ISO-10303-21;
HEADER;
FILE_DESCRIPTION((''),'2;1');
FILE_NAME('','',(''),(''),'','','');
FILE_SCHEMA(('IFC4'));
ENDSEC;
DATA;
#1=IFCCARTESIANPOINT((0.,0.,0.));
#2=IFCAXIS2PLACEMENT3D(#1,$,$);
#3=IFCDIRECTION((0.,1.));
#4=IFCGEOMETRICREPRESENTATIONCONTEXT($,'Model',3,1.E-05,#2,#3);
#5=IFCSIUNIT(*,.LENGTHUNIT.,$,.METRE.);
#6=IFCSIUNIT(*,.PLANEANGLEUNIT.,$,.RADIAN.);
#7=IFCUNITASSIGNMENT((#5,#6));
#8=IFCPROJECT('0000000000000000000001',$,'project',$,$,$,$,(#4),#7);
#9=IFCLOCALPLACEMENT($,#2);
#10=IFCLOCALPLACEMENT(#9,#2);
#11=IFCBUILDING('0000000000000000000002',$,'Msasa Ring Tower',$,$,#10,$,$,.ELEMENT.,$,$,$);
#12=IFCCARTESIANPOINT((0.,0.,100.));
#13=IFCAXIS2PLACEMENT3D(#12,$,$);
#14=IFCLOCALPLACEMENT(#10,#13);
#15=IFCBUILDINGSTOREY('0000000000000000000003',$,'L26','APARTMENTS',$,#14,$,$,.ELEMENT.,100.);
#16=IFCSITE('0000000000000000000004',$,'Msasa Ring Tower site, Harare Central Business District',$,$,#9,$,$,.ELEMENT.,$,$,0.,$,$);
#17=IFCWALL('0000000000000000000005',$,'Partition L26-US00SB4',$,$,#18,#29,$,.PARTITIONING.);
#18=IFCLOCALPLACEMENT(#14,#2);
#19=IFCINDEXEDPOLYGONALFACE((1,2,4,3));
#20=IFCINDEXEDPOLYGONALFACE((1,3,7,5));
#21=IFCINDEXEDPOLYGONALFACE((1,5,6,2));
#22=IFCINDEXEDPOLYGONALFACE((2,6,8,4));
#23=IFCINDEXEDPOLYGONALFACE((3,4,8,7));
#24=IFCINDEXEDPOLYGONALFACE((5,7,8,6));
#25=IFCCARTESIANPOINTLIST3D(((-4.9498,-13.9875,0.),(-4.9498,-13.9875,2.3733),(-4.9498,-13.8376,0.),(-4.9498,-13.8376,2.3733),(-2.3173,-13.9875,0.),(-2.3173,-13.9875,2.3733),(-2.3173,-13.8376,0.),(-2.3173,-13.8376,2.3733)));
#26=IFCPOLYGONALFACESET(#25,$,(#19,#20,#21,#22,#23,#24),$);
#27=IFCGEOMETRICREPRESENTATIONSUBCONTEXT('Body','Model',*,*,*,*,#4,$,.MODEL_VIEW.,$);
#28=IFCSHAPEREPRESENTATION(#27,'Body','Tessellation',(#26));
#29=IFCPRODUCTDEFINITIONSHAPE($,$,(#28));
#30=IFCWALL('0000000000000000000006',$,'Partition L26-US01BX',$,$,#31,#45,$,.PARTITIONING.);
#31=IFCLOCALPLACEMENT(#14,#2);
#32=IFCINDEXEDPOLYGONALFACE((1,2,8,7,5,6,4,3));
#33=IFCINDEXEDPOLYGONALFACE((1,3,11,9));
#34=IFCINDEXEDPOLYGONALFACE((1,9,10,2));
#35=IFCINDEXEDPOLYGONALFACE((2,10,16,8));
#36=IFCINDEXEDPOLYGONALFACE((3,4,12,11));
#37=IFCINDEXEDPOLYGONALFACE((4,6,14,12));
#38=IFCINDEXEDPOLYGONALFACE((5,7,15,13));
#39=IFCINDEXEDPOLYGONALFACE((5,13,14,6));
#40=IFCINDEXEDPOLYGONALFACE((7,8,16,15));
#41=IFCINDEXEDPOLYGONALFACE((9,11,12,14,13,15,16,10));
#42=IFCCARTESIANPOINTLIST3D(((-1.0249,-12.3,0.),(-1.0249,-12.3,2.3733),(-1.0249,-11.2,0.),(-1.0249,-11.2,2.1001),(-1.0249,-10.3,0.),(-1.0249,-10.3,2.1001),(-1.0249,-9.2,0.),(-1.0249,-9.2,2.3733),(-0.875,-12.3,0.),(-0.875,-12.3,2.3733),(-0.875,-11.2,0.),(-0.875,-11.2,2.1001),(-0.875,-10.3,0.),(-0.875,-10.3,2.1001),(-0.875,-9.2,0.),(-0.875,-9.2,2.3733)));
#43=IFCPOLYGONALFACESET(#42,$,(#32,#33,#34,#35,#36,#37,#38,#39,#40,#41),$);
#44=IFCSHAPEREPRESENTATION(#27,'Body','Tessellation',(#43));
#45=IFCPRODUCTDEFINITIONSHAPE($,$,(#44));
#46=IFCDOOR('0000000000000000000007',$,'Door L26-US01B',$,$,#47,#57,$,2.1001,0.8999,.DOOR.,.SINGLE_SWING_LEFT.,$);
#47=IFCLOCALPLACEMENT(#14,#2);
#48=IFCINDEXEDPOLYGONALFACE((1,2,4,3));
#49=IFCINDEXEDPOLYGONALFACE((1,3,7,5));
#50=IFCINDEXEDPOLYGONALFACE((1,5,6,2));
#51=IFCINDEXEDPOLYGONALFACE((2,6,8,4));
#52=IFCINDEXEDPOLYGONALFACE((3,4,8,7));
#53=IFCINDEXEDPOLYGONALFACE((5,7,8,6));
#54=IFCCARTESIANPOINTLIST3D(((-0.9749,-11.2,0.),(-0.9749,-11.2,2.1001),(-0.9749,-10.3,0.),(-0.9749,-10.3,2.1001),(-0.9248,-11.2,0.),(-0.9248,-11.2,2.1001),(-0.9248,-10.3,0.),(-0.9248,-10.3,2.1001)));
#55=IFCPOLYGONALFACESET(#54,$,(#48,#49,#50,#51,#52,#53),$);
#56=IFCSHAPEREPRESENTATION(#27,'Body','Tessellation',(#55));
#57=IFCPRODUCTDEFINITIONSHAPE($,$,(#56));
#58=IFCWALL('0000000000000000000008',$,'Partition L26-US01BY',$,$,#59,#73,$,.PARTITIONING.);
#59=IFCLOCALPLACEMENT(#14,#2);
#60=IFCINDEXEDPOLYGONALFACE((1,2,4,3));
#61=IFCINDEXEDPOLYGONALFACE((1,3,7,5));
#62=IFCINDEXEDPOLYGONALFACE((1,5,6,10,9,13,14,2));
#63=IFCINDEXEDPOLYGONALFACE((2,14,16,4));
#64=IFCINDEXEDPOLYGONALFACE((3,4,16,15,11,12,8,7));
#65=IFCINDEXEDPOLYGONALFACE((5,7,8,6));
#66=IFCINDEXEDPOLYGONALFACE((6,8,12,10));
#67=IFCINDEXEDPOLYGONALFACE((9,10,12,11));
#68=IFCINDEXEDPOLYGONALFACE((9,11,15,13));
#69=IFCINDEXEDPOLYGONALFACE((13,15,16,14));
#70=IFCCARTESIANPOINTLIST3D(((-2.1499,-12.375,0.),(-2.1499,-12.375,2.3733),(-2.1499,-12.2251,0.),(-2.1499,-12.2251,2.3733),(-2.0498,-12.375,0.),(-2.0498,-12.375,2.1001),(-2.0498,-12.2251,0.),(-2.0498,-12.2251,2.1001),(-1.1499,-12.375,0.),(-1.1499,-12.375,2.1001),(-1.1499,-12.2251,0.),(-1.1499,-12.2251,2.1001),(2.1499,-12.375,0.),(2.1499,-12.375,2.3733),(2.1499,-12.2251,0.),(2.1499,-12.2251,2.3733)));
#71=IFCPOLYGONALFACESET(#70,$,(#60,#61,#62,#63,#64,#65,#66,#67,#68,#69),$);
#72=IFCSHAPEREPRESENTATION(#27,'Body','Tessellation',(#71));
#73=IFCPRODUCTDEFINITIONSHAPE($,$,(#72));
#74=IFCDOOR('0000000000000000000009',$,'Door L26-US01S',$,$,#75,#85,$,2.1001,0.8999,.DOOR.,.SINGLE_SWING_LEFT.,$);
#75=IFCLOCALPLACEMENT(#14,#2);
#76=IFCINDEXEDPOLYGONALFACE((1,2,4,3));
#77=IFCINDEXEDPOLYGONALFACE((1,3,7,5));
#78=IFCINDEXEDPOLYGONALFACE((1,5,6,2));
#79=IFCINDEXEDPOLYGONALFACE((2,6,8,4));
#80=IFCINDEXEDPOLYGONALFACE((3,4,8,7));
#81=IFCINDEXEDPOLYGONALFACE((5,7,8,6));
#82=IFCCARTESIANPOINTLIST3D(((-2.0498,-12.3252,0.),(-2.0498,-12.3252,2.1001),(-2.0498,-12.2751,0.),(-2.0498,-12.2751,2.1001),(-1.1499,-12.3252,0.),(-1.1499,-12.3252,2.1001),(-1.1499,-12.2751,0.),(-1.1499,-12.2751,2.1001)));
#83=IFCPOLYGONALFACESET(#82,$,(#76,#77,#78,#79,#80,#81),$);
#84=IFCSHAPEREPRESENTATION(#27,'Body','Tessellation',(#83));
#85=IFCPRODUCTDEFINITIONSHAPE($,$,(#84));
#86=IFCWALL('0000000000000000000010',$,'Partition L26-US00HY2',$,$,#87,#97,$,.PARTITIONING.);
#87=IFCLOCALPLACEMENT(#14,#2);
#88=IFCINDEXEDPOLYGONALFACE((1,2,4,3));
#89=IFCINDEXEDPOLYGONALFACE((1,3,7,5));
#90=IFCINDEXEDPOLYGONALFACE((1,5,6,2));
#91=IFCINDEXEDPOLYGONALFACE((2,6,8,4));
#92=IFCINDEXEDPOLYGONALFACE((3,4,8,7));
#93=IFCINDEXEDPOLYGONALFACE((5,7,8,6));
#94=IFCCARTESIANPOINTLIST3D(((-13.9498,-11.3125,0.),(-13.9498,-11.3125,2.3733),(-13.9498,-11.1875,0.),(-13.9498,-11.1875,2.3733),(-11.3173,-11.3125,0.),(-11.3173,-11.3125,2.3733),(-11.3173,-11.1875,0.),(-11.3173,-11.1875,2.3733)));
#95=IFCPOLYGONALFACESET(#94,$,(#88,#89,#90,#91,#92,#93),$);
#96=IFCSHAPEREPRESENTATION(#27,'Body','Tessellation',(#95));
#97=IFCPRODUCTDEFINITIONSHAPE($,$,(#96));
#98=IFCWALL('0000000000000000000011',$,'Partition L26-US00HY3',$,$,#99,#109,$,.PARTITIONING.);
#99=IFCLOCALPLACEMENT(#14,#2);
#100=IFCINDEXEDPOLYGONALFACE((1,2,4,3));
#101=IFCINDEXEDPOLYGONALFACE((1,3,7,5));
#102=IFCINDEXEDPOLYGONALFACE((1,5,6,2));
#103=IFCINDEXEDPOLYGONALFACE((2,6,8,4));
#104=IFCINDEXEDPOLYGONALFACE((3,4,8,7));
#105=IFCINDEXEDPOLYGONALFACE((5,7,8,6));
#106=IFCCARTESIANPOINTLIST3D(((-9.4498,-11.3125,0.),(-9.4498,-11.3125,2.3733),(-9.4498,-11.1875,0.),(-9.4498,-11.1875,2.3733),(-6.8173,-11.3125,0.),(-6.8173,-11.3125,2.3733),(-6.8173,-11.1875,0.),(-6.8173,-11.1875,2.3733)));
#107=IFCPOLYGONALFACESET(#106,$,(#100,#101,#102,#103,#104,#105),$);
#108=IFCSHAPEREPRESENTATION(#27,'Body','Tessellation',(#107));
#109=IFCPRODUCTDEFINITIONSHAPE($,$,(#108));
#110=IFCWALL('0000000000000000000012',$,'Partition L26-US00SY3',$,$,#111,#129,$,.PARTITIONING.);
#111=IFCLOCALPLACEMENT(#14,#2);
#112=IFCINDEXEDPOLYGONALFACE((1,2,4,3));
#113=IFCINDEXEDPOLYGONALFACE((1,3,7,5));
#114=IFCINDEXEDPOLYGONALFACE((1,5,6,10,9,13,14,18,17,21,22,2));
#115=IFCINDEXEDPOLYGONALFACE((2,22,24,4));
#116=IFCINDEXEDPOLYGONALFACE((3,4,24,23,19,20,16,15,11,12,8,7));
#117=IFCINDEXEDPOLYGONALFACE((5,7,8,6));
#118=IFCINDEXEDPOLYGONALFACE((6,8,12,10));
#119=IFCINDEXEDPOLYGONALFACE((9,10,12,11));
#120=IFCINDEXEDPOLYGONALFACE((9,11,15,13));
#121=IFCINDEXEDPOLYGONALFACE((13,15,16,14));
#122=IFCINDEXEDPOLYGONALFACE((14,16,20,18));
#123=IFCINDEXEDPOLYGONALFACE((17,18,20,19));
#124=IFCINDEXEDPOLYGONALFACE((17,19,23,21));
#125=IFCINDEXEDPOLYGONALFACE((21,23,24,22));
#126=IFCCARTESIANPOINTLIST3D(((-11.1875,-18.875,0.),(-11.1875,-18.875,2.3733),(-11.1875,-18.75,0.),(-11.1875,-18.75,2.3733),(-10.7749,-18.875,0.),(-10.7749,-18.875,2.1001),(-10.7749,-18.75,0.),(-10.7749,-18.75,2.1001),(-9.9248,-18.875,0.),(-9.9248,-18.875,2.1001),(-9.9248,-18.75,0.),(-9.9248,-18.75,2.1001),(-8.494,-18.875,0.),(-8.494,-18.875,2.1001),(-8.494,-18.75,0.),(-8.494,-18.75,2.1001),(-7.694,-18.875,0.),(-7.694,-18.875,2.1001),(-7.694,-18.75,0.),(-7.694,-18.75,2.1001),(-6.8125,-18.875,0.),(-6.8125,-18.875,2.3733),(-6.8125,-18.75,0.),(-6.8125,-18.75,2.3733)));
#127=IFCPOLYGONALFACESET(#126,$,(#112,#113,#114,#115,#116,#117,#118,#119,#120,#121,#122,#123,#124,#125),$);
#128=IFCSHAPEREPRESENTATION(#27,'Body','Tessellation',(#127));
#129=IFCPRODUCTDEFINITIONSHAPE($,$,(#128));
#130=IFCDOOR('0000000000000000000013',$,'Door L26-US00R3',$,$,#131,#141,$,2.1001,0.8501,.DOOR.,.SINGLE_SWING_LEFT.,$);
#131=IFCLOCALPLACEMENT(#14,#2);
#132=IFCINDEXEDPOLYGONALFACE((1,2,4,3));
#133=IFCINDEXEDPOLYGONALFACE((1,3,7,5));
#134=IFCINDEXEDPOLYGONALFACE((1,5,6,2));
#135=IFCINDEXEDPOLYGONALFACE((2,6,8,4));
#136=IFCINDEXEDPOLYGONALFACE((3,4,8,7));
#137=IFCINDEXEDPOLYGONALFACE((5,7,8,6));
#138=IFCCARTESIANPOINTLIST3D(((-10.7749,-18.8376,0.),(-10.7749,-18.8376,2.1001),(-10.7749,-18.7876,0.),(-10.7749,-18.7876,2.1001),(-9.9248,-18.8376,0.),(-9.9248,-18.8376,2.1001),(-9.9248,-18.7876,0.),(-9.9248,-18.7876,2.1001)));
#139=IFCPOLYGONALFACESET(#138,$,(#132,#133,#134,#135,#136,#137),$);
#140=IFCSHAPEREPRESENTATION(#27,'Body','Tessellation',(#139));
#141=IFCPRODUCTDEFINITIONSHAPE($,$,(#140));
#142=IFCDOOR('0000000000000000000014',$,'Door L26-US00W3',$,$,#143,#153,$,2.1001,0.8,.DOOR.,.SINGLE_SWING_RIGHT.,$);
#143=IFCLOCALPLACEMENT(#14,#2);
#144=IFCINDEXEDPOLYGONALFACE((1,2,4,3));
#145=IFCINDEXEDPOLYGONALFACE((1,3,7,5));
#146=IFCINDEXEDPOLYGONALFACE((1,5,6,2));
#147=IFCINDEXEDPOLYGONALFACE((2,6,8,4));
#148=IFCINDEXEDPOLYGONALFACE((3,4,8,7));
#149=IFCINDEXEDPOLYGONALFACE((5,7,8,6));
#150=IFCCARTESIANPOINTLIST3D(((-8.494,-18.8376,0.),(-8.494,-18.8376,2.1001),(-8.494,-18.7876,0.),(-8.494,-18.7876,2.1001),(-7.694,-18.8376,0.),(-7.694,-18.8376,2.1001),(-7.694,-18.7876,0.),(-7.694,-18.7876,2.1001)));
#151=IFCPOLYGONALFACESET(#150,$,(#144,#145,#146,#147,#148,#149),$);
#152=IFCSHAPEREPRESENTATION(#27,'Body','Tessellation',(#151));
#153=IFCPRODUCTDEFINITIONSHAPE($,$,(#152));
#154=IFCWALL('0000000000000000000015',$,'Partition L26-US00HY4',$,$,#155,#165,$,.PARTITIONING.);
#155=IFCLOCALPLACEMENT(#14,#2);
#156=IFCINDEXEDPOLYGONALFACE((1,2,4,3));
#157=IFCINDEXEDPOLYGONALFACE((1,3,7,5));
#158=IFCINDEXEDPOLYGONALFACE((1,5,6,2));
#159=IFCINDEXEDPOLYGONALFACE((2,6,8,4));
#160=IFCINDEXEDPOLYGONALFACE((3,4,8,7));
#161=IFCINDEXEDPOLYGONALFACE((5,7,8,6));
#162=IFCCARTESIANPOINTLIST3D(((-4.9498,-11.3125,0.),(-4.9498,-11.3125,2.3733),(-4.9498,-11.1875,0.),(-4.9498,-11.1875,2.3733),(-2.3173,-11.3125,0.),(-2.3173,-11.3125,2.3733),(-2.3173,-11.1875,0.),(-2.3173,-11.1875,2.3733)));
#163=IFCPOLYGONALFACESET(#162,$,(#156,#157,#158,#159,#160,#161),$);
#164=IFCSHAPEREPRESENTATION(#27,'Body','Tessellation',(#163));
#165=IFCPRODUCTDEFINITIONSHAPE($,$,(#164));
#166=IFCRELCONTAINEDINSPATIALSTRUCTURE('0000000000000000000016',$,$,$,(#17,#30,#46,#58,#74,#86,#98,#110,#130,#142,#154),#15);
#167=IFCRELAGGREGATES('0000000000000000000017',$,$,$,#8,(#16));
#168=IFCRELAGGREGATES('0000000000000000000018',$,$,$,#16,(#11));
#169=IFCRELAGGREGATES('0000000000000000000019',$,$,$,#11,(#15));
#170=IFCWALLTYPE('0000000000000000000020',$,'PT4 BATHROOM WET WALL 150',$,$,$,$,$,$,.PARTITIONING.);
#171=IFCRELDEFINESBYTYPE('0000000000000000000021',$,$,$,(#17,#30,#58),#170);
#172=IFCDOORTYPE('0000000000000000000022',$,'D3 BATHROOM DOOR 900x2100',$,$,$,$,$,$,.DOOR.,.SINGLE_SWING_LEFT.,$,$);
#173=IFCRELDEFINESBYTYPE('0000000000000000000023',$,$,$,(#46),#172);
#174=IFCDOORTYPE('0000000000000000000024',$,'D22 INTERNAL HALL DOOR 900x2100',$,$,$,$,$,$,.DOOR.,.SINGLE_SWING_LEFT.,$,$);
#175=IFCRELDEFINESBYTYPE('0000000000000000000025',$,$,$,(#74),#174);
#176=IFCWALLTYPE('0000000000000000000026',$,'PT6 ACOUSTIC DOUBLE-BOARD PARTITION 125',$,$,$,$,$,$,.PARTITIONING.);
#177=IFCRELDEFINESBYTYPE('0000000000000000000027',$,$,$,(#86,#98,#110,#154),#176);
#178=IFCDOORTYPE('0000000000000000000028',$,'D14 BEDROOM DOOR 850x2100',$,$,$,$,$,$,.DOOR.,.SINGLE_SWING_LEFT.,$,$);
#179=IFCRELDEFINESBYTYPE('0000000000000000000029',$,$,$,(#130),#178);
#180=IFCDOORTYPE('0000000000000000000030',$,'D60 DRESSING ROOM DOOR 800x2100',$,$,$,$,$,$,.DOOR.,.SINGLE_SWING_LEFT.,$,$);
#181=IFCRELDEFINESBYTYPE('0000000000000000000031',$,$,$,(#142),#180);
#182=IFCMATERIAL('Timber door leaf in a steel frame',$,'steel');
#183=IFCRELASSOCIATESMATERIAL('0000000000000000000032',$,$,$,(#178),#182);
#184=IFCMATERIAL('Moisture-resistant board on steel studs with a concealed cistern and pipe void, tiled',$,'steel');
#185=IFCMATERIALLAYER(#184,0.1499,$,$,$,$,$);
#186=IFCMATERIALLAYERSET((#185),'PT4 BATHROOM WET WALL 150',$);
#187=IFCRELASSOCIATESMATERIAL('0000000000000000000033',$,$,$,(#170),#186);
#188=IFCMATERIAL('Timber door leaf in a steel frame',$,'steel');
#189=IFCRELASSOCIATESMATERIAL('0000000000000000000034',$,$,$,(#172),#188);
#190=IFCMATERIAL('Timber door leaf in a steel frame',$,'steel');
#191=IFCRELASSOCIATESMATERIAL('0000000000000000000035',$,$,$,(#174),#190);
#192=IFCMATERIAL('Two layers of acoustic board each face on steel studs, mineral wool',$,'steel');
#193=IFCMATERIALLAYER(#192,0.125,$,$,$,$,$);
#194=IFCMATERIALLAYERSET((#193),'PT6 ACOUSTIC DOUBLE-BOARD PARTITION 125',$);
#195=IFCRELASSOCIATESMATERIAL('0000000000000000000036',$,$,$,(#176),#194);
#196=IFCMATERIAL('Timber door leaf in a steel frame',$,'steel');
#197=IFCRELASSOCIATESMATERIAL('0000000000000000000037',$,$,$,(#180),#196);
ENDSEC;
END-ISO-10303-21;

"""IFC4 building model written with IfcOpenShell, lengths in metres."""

from ifc_helpers import new_model, si_unit, direction, frame, frame_2d, origin, place, context, subcontext, project, spatial, rectangle, extrude, material, layer, layer_set, type_object, element, fill, save


model = new_model("IFC4")

# Units and contexts
model_context = context("Model", 3, precision=1e-05, world=origin(), true_north=direction((0.0, 1.0)))
body_context = subcontext(model_context, "Body", "Model", "MODEL_VIEW")
ifc_project = project(units=[si_unit("LENGTHUNIT", "METRE"), si_unit("PLANEANGLEUNIT", "RADIAN")], contexts=[model_context])

# Site, building, storey
site_placement = place(None, origin())
site = spatial("IfcSite", under=ifc_project, at=site_placement, Name="Msasa Ring Tower site, Harare Central Business District", CompositionType="ELEMENT", RefElevation=0.0)
building_placement = place(site_placement, origin())
building = spatial("IfcBuilding", under=site, at=building_placement, Name="Msasa Ring Tower", CompositionType="ELEMENT")
storey_placement = place(building_placement, frame((0.0, 0.0, 100.0)))
storey = spatial("IfcBuildingStorey", under=building, at=storey_placement, Name="L26", Description="APARTMENTS", CompositionType="ELEMENT", Elevation=100.0)

# Shared definitions
ifc_material_1 = material(Name="Timber door leaf in a steel frame", Category="steel")
door_type_1 = type_object("IfcDoorType", Name="D14 BEDROOM DOOR 850x2100", OperationType="SINGLE_SWING_LEFT", PredefinedType="DOOR", material=ifc_material_1)
ifc_material_2 = material(Name="Moisture-resistant board on steel studs with a concealed cistern and pipe void, tiled", Category="steel")
ifc_layer_1 = layer(ifc_material_2, 0.1499)
ifc_layer_set_1 = layer_set([ifc_layer_1], Name="PT4 BATHROOM WET WALL 150")
wall_type_1 = type_object("IfcWallType", Name="PT4 BATHROOM WET WALL 150", PredefinedType="PARTITIONING", material=ifc_layer_set_1)

# Wall
wall_1_placement = place(storey_placement, frame((-4.95, -13.9126, 0.0), z_axis=(0.0, 0.0, 1.0), x_axis=(1.0, 0.0, 0.0)))
element("IfcWall", 1, at=wall_1_placement, inside=storey, type_object=wall_type_1, Name="Partition L26-US00SB4", PredefinedType="PARTITIONING", context=body_context, shape_type="SweptSolid", body=[
    extrude(rectangle(XDim=2.6326, YDim=0.1499, at=frame_2d((1.3164, 0.0))), origin(), (0.0, 0.0, 1.0), 2.3733),
])

# Walls, openings, doors
wall_2_placement = place(storey_placement, frame((-0.95, -12.3, 0.0), z_axis=(0.0, 0.0, 1.0), x_axis=(0.0, 1.0, 0.0)))
wall_2 = element("IfcWall", 2, at=wall_2_placement, inside=storey, type_object=wall_type_1, Name="Partition L26-US01BX", PredefinedType="PARTITIONING", context=body_context, shape_type="SweptSolid", body=[
    extrude(rectangle(XDim=3.1001, YDim=0.1499, at=frame_2d((1.55, 0.0))), origin(), (0.0, 0.0, 1.0), 2.3733),
])
opening_1_placement = place(wall_2_placement, frame((1.1001, 0.0, 0.0)))
opening_1 = element("IfcOpeningElement", 3, at=opening_1_placement, cuts=wall_2, PredefinedType="OPENING", context=body_context, shape_type="SweptSolid", body=[
    extrude(rectangle(XDim=0.8999, YDim=2.1001, at=frame_2d((0.45, 1.05))), frame((0.0, 0.085, 0.0), z_axis=(0.0, -1.0, 0.0), x_axis=(1.0, 0.0, 0.0)), (0.0, 0.0, 1.0), 0.1699),
])
ifc_material_3 = material(Name="Timber door leaf in a steel frame", Category="steel")
door_type_2 = type_object("IfcDoorType", Name="D3 BATHROOM DOOR 900x2100", OperationType="SINGLE_SWING_LEFT", PredefinedType="DOOR", material=ifc_material_3)
door_1_placement = place(opening_1_placement, origin())
door_1 = element("IfcDoor", 4, at=door_1_placement, inside=storey, type_object=door_type_2, Name="Door L26-US01B", OperationType="SINGLE_SWING_LEFT", OverallHeight=2.1001, OverallWidth=0.8999, PredefinedType="DOOR", context=body_context, shape_type="SweptSolid", body=[
    extrude(rectangle(XDim=0.8999, YDim=2.1001, at=frame_2d((0.45, 1.05))), frame((0.0, 0.0249, 0.0), z_axis=(0.0, -1.0, 0.0), x_axis=(1.0, 0.0, 0.0)), (0.0, 0.0, 1.0), 0.05),
])
fill(opening_1, door_1)
wall_3_placement = place(storey_placement, frame((-2.1499, -12.3, 0.0), z_axis=(0.0, 0.0, 1.0), x_axis=(1.0, 0.0, 0.0)))
wall_3 = element("IfcWall", 5, at=wall_3_placement, inside=storey, type_object=wall_type_1, Name="Partition L26-US01BY", PredefinedType="PARTITIONING", context=body_context, shape_type="SweptSolid", body=[
    extrude(rectangle(XDim=4.2998, YDim=0.1499, at=frame_2d((2.1499, 0.0))), origin(), (0.0, 0.0, 1.0), 2.3733),
])
opening_2_placement = place(wall_3_placement, frame((0.1001, 0.0, 0.0)))
opening_2 = element("IfcOpeningElement", 6, at=opening_2_placement, cuts=wall_3, PredefinedType="OPENING", context=body_context, shape_type="SweptSolid", body=[
    extrude(rectangle(XDim=0.8999, YDim=2.1001, at=frame_2d((0.45, 1.05))), frame((0.0, 0.085, 0.0), z_axis=(0.0, -1.0, 0.0), x_axis=(1.0, 0.0, 0.0)), (0.0, 0.0, 1.0), 0.1699),
])
ifc_material_4 = material(Name="Timber door leaf in a steel frame", Category="steel")
door_type_3 = type_object("IfcDoorType", Name="D22 INTERNAL HALL DOOR 900x2100", OperationType="SINGLE_SWING_LEFT", PredefinedType="DOOR", material=ifc_material_4)
door_2_placement = place(opening_2_placement, origin())
door_2 = element("IfcDoor", 7, at=door_2_placement, inside=storey, type_object=door_type_3, Name="Door L26-US01S", OperationType="SINGLE_SWING_LEFT", OverallHeight=2.1001, OverallWidth=0.8999, PredefinedType="DOOR", context=body_context, shape_type="SweptSolid", body=[
    extrude(rectangle(XDim=0.8999, YDim=2.1001, at=frame_2d((0.45, 1.05))), frame((0.0, 0.0249, 0.0), z_axis=(0.0, -1.0, 0.0), x_axis=(1.0, 0.0, 0.0)), (0.0, 0.0, 1.0), 0.05),
])
fill(opening_2, door_2)

# Walls
ifc_material_5 = material(Name="Two layers of acoustic board each face on steel studs, mineral wool", Category="steel")
ifc_layer_2 = layer(ifc_material_5, 0.125)
ifc_layer_set_2 = layer_set([ifc_layer_2], Name="PT6 ACOUSTIC DOUBLE-BOARD PARTITION 125")
wall_type_2 = type_object("IfcWallType", Name="PT6 ACOUSTIC DOUBLE-BOARD PARTITION 125", PredefinedType="PARTITIONING", material=ifc_layer_set_2)
for number, where, z_axis, x_axis, name in (
    (8, (-13.95, -11.25, 0.0), (0.0, 0.0, 1.0), (1.0, 0.0, 0.0), "Partition L26-US00HY2"),
    (9, (-9.45, -11.25, 0.0), (0.0, 0.0, 1.0), (1.0, 0.0, 0.0), "Partition L26-US00HY3"),
):
    element("IfcWall", number, at=place(storey_placement, frame(where, z_axis=z_axis, x_axis=x_axis)), inside=storey, type_object=wall_type_2, Name=name, PredefinedType="PARTITIONING", context=body_context, shape_type="SweptSolid", body=[
        extrude(rectangle(XDim=2.6326, YDim=0.125, at=frame_2d((1.3164, 0.0))), origin(), (0.0, 0.0, 1.0), 2.3733),
    ])

# Wall, openings, doors
wall_4_placement = place(storey_placement, frame((-11.1875, -18.8125, 0.0), z_axis=(0.0, 0.0, 1.0), x_axis=(1.0, 0.0, 0.0)))
wall_4 = element("IfcWall", 10, at=wall_4_placement, inside=storey, type_object=wall_type_2, Name="Partition L26-US00SY3", PredefinedType="PARTITIONING", context=body_context, shape_type="SweptSolid", body=[
    extrude(rectangle(XDim=4.375, YDim=0.125, at=frame_2d((2.1875, 0.0))), origin(), (0.0, 0.0, 1.0), 2.3733),
])
opening_3_placement = place(wall_4_placement, frame((0.4126, 0.0, 0.0)))
opening_3 = element("IfcOpeningElement", 11, at=opening_3_placement, cuts=wall_4, PredefinedType="OPENING", context=body_context, shape_type="SweptSolid", body=[
    extrude(rectangle(XDim=0.8501, YDim=2.1001, at=frame_2d((0.425, 1.05))), frame((0.0, 0.0725, 0.0), z_axis=(0.0, -1.0, 0.0), x_axis=(1.0, 0.0, 0.0)), (0.0, 0.0, 1.0), 0.145),
])
opening_4_placement = place(wall_4_placement, frame((2.6936, 0.0, 0.0)))
opening_4 = element("IfcOpeningElement", 12, at=opening_4_placement, cuts=wall_4, PredefinedType="OPENING", context=body_context, shape_type="SweptSolid", body=[
    extrude(rectangle(XDim=0.8, YDim=2.1001, at=frame_2d((0.3999, 1.05))), frame((0.0, 0.0725, 0.0), z_axis=(0.0, -1.0, 0.0), x_axis=(1.0, 0.0, 0.0)), (0.0, 0.0, 1.0), 0.145),
])
door_3_placement = place(opening_3_placement, origin())
door_3 = element("IfcDoor", 13, at=door_3_placement, inside=storey, type_object=door_type_1, Name="Door L26-US00R3", OperationType="SINGLE_SWING_LEFT", OverallHeight=2.1001, OverallWidth=0.8501, PredefinedType="DOOR", context=body_context, shape_type="SweptSolid", body=[
    extrude(rectangle(XDim=0.8501, YDim=2.1001, at=frame_2d((0.425, 1.05))), frame((0.0, 0.0249, 0.0), z_axis=(0.0, -1.0, 0.0), x_axis=(1.0, 0.0, 0.0)), (0.0, 0.0, 1.0), 0.05),
])
fill(opening_3, door_3)
ifc_material_6 = material(Name="Timber door leaf in a steel frame", Category="steel")
door_type_4 = type_object("IfcDoorType", Name="D60 DRESSING ROOM DOOR 800x2100", OperationType="SINGLE_SWING_LEFT", PredefinedType="DOOR", material=ifc_material_6)
door_4_placement = place(opening_4_placement, origin())
door_4 = element("IfcDoor", 14, at=door_4_placement, inside=storey, type_object=door_type_4, Name="Door L26-US00W3", OperationType="SINGLE_SWING_RIGHT", OverallHeight=2.1001, OverallWidth=0.8, PredefinedType="DOOR", context=body_context, shape_type="SweptSolid", body=[
    extrude(rectangle(XDim=0.8, YDim=2.1001, at=frame_2d((0.3999, 1.05))), frame((0.0, 0.0249, 0.0), z_axis=(0.0, -1.0, 0.0), x_axis=(1.0, 0.0, 0.0)), (0.0, 0.0, 1.0), 0.05),
])
fill(opening_4, door_4)

# Wall
wall_5_placement = place(storey_placement, frame((-4.95, -11.25, 0.0), z_axis=(0.0, 0.0, 1.0), x_axis=(1.0, 0.0, 0.0)))
element("IfcWall", 15, at=wall_5_placement, inside=storey, type_object=wall_type_2, Name="Partition L26-US00HY4", PredefinedType="PARTITIONING", context=body_context, shape_type="SweptSolid", body=[
    extrude(rectangle(XDim=2.6326, YDim=0.125, at=frame_2d((1.3164, 0.0))), origin(), (0.0, 0.0, 1.0), 2.3733),
])

save(model, "model.ifc")
